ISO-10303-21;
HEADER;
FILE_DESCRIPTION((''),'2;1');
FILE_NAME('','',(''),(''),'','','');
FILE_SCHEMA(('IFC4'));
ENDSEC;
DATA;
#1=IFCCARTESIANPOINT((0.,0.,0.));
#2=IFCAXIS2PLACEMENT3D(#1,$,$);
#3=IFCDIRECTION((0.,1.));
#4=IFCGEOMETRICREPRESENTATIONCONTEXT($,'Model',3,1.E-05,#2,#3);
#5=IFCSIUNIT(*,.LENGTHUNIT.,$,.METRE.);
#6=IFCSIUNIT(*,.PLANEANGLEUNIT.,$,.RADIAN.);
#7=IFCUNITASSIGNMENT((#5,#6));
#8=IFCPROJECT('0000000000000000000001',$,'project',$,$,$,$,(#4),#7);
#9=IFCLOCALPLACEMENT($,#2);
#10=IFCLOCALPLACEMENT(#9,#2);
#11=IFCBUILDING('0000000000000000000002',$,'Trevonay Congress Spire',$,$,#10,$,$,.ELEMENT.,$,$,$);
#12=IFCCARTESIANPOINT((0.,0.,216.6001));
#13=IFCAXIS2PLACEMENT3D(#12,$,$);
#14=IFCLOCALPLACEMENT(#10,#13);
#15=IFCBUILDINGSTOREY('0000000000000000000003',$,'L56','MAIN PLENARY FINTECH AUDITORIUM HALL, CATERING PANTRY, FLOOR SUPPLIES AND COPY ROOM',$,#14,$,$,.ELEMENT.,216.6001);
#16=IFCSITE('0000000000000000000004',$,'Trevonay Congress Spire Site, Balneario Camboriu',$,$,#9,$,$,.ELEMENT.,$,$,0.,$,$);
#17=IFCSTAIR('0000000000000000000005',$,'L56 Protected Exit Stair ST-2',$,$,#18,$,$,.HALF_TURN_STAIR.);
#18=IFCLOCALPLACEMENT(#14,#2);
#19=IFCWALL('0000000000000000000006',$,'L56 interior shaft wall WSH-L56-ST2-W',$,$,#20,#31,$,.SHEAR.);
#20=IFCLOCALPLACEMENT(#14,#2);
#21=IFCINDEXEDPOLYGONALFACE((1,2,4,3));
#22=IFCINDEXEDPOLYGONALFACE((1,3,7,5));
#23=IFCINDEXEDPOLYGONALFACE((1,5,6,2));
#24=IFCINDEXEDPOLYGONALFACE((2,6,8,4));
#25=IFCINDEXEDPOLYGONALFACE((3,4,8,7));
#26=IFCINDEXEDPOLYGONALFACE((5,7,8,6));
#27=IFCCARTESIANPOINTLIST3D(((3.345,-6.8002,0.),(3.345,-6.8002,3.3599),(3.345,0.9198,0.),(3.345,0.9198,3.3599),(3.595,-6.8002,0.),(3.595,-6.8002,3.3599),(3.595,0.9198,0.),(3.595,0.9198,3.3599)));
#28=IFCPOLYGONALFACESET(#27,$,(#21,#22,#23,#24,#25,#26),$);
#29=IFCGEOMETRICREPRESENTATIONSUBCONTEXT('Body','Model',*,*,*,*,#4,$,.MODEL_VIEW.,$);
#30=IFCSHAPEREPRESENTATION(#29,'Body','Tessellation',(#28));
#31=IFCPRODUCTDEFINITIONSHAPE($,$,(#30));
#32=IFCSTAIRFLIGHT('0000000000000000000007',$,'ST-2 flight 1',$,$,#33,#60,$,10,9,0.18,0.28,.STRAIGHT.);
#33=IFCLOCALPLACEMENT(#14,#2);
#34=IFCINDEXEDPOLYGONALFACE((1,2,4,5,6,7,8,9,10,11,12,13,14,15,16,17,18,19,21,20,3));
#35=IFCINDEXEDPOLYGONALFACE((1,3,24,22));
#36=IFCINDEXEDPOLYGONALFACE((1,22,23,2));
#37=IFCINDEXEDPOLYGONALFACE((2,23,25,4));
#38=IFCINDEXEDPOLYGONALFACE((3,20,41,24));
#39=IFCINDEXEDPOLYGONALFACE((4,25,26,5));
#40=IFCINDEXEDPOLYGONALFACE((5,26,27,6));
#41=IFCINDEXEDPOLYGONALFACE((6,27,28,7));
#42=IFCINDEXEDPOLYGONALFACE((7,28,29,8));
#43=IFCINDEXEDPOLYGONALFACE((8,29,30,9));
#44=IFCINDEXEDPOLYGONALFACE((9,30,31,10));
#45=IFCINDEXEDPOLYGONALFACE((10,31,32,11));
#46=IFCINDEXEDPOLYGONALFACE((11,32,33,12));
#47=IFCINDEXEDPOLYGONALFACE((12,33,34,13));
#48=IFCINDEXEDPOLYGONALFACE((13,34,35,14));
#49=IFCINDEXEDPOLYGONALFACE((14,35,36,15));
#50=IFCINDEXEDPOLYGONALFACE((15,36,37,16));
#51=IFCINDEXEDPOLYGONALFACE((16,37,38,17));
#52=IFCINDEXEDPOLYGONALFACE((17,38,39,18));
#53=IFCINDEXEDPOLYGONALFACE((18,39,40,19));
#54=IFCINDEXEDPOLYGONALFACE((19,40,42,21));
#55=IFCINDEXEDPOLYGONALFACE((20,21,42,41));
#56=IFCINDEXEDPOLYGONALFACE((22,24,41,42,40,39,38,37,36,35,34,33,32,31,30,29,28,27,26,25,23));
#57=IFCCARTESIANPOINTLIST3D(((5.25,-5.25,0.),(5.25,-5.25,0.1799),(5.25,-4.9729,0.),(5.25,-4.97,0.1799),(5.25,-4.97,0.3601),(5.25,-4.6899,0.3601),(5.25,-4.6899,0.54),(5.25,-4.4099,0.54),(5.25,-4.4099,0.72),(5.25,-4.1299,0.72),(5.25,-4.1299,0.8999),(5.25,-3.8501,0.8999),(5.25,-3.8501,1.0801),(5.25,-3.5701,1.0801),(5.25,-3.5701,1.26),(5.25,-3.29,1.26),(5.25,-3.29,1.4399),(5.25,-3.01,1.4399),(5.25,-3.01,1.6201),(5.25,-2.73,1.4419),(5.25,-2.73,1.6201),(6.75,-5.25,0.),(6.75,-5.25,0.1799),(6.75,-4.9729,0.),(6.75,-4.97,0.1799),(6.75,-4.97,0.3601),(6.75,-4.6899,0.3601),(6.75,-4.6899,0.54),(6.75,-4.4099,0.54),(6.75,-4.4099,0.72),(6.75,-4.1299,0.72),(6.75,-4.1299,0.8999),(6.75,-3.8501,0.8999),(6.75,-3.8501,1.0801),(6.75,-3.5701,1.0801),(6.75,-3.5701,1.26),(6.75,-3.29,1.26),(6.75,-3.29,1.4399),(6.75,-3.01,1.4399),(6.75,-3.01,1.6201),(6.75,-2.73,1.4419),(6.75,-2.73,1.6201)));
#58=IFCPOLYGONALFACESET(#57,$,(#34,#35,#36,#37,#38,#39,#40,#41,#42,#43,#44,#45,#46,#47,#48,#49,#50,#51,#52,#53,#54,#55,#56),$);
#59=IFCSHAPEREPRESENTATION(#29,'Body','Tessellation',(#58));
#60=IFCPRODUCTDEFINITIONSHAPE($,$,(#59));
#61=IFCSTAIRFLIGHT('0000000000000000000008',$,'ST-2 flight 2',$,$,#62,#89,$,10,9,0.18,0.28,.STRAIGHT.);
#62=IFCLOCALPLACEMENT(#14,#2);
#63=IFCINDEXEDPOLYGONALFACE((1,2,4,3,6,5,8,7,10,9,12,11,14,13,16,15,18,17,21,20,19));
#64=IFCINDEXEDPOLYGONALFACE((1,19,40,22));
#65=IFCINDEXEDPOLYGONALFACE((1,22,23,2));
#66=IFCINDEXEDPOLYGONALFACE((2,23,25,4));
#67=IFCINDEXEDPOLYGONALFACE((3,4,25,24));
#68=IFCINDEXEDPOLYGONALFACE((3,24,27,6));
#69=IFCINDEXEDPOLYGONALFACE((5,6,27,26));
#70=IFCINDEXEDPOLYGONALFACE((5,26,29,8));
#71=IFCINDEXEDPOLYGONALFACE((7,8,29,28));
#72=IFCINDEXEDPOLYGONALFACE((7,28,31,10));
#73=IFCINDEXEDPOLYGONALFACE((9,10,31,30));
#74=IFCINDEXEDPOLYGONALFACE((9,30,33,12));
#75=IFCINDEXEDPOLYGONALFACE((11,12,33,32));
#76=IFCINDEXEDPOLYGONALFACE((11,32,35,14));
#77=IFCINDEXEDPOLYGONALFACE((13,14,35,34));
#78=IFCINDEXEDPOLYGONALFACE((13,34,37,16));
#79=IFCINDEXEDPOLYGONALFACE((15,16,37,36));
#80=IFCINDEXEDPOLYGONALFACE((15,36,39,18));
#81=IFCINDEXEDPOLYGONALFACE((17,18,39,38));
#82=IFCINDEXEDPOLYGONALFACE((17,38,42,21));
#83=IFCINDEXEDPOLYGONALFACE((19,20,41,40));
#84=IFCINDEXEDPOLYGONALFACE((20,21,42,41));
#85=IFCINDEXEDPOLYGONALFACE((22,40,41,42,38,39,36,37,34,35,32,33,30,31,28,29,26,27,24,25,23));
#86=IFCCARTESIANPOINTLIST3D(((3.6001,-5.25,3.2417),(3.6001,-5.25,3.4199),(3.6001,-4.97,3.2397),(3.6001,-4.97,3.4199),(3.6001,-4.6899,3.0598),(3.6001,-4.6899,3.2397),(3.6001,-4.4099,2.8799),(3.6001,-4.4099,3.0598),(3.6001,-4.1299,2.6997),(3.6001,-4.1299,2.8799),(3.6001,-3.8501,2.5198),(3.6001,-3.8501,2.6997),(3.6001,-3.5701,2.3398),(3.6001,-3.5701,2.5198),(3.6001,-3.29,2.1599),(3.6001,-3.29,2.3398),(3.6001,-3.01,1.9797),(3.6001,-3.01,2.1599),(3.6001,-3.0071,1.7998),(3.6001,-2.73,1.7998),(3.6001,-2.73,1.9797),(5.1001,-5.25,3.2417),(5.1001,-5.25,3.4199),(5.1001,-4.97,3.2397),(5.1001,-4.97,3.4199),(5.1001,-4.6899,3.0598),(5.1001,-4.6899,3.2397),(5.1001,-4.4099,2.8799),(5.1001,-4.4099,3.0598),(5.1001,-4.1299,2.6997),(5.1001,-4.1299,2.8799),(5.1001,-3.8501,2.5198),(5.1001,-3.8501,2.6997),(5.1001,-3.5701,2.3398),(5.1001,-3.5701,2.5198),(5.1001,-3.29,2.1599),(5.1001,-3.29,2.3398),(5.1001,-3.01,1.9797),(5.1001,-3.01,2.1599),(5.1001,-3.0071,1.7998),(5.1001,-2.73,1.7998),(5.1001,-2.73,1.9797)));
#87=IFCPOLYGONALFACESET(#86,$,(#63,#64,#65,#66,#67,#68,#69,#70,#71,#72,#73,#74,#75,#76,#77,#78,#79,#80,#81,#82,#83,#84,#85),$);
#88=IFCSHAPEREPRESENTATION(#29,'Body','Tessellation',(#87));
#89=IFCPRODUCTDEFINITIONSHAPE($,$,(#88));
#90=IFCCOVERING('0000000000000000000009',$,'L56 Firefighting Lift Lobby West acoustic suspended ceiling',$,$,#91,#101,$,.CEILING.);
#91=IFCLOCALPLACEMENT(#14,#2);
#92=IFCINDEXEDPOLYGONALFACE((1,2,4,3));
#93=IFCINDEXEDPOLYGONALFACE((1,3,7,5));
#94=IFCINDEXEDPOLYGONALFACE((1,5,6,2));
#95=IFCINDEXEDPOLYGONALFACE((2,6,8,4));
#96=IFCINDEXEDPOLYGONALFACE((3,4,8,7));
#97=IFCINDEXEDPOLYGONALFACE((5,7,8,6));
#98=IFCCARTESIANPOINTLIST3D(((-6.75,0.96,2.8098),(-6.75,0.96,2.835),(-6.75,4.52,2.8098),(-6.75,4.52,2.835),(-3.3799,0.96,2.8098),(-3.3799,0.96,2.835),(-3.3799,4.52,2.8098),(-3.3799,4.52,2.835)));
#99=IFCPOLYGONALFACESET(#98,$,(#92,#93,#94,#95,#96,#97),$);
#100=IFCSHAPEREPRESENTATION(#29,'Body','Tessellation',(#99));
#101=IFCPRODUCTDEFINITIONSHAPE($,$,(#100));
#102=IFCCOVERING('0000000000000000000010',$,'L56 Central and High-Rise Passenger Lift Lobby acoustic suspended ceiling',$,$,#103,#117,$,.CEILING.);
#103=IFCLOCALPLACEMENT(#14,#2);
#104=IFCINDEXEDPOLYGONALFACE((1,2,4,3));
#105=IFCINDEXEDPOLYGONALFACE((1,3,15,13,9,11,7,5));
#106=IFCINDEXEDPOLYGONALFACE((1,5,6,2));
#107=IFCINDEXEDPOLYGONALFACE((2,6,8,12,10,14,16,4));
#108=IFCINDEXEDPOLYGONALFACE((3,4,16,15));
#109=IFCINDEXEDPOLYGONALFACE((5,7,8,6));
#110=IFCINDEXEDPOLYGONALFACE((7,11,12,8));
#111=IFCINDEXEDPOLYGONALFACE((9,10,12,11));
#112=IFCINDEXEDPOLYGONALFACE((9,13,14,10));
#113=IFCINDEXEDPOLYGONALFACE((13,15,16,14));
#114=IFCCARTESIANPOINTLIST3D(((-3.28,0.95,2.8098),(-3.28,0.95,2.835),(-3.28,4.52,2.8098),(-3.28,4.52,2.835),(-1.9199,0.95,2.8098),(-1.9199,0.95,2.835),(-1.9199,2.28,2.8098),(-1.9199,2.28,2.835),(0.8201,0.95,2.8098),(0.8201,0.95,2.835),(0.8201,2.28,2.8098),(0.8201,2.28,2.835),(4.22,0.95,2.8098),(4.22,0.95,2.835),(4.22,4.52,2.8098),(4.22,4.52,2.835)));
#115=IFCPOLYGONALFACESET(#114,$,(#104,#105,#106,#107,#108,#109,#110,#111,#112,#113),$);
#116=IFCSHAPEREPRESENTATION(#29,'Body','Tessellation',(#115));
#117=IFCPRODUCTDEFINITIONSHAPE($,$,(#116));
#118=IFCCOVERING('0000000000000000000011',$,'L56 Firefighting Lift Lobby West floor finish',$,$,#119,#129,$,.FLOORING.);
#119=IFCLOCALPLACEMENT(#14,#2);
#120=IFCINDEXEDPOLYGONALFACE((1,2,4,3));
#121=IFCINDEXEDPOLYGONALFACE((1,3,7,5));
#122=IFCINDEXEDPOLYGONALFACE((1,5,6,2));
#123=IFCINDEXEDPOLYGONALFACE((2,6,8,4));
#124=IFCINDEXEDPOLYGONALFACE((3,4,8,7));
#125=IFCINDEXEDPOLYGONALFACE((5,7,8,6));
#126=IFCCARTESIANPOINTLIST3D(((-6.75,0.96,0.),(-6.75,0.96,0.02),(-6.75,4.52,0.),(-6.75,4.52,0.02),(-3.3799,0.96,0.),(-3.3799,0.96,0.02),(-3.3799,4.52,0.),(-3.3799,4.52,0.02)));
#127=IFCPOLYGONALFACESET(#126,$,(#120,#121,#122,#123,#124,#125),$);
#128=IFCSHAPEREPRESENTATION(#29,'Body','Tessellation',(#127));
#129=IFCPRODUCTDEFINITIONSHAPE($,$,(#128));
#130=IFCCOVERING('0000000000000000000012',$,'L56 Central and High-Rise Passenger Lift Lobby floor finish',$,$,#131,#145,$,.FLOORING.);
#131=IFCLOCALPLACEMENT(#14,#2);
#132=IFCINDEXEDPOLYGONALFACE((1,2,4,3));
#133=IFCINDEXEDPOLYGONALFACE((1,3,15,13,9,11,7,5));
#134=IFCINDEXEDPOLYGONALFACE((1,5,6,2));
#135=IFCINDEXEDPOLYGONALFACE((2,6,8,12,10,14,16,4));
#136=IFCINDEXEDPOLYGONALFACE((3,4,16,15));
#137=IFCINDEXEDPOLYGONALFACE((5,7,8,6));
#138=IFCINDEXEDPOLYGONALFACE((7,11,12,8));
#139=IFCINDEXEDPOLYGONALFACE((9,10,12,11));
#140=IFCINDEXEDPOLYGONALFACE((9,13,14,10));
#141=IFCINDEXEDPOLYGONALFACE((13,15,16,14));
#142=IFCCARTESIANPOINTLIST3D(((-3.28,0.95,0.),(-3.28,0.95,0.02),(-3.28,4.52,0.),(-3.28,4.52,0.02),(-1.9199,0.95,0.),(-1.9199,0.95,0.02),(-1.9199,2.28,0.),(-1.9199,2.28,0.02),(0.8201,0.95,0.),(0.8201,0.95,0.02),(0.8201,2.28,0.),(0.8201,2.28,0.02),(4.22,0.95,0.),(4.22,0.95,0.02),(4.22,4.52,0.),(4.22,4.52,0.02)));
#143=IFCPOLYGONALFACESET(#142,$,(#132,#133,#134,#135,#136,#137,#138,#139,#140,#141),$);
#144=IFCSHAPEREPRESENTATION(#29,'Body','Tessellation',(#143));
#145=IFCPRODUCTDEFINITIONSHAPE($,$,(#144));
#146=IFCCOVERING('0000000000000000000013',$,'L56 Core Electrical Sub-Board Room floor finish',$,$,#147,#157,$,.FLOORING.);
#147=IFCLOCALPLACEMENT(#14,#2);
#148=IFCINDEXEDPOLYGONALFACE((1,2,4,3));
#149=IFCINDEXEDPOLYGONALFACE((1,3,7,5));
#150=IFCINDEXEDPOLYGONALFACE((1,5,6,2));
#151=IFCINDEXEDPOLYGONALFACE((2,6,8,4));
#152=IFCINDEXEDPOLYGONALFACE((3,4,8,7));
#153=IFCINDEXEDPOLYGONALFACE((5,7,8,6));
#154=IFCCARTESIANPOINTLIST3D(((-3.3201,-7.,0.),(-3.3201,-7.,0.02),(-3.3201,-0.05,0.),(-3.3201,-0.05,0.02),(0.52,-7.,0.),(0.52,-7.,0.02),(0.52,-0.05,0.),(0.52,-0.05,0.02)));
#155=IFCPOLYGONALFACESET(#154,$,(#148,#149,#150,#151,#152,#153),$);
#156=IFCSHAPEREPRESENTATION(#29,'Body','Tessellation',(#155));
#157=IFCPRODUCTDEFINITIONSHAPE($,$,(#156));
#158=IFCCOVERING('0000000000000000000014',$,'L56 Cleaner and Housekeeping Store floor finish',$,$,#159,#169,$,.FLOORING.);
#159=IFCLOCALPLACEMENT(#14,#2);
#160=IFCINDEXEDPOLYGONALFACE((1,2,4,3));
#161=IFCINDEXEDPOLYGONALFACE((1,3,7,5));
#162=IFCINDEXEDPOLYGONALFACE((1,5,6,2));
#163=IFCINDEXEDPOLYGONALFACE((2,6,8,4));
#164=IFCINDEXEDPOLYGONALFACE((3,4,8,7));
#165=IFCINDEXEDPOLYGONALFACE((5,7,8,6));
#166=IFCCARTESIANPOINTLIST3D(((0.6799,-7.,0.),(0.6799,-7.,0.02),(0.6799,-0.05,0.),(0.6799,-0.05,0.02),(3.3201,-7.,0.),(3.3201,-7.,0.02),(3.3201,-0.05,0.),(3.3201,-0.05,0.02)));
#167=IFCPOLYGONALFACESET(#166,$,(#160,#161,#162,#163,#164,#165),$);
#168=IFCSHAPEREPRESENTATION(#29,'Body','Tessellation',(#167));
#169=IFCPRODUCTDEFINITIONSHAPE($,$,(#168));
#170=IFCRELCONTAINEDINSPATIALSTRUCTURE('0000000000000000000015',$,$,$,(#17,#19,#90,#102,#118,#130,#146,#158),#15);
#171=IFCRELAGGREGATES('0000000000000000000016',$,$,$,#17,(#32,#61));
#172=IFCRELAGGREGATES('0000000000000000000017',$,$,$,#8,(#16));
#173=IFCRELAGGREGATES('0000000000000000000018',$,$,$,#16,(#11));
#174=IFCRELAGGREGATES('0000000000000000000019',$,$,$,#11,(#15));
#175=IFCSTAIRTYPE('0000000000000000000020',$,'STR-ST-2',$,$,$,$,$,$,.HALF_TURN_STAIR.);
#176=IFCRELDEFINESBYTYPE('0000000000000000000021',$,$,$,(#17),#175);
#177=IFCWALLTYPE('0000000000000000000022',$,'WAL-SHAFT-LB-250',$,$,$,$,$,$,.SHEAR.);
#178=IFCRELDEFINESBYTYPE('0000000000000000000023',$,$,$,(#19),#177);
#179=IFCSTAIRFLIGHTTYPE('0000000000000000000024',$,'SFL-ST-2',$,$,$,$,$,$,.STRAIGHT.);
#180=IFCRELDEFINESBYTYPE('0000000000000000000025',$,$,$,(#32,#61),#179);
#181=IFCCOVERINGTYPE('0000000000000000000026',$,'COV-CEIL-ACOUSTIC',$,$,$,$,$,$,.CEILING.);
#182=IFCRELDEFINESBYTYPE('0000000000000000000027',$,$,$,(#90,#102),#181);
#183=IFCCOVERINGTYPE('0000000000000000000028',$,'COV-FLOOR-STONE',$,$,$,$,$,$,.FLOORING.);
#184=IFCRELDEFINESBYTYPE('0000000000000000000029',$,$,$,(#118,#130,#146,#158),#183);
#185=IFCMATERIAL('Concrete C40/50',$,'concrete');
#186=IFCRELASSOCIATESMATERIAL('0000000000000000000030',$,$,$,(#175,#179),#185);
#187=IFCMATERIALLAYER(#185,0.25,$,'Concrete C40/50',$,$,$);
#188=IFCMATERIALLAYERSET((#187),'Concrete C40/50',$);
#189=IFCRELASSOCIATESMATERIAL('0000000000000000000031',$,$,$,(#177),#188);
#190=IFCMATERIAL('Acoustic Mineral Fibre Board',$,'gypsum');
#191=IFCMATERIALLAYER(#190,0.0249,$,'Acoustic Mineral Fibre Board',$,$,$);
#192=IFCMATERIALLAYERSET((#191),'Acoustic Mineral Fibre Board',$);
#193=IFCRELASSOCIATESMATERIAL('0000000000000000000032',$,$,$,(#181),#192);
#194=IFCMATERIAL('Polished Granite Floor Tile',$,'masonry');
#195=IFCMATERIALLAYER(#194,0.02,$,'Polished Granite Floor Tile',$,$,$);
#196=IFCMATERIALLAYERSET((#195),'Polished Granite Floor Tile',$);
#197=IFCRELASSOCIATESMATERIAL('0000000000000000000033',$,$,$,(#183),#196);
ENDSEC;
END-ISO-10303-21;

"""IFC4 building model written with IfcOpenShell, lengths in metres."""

from ifc_helpers import new_model, si_unit, direction, frame, frame_2d, origin, place, context, subcontext, project, spatial, polyline, rectangle, outline, extrude, material, layer, layer_set, type_object, element, aggregate, save


model = new_model("IFC4")

# Units and contexts
model_context = context("Model", 3, precision=1e-05, world=origin(), true_north=direction((0.0, 1.0)))
body_context = subcontext(model_context, "Body", "Model", "MODEL_VIEW")
ifc_project = project(units=[si_unit("LENGTHUNIT", "METRE"), si_unit("PLANEANGLEUNIT", "RADIAN")], contexts=[model_context])

# Site, building, storey
site_placement = place(None, origin())
site = spatial("IfcSite", under=ifc_project, at=site_placement, Name="Trevonay Congress Spire Site, Balneario Camboriu", CompositionType="ELEMENT", RefElevation=0.0)
building_placement = place(site_placement, origin())
building = spatial("IfcBuilding", under=site, at=building_placement, Name="Trevonay Congress Spire", CompositionType="ELEMENT")
storey_placement = place(building_placement, frame((0.0, 0.0, 216.6001)))
storey = spatial("IfcBuildingStorey", under=building, at=storey_placement, Name="L56", Description="MAIN PLENARY FINTECH AUDITORIUM HALL, CATERING PANTRY, FLOOR SUPPLIES AND COPY ROOM", CompositionType="ELEMENT", Elevation=216.6001)

# Stair
ifc_material_1 = material(Name="Concrete C40/50", Category="concrete")
stair_type_1 = type_object("IfcStairType", Name="STR-ST-2", PredefinedType="HALF_TURN_STAIR", material=ifc_material_1)
stair_1_placement = place(storey_placement, origin())
stair_1 = element("IfcStair", 1, at=stair_1_placement, inside=storey, type_object=stair_type_1, Name="L56 Protected Exit Stair ST-2", PredefinedType="HALF_TURN_STAIR")

# Wall
ifc_layer_1 = layer(ifc_material_1, 0.25, Name="Concrete C40/50")
ifc_layer_set_1 = layer_set([ifc_layer_1], Name="Concrete C40/50")
wall_type_1 = type_object("IfcWallType", Name="WAL-SHAFT-LB-250", PredefinedType="SHEAR", material=ifc_layer_set_1)
wall_1_placement = place(storey_placement, frame((3.47, -6.8, 0.0), z_axis=(0.0, 0.0, 1.0), x_axis=(0.0, 1.0, 0.0)))
element("IfcWall", 2, at=wall_1_placement, inside=storey, type_object=wall_type_1, Name="L56 interior shaft wall WSH-L56-ST2-W", PredefinedType="SHEAR", context=body_context, shape_type="SweptSolid", body=[
    extrude(rectangle(XDim=7.72, YDim=0.25, at=frame_2d((3.8599, 0.0))), origin(), (0.0, 0.0, 1.0), 3.3599),
])

# Stair flights
stair_flight_type = type_object("IfcStairFlightType", Name="SFL-ST-2", PredefinedType="STRAIGHT", material=ifc_material_1)
stair_flight_1_placement = place(storey_placement, frame((6.0, -5.25, 0.0), z_axis=(0.0, 0.0, 1.0), x_axis=(0.0, 1.0, 0.0)))
stair_flight_1 = element("IfcStairFlight", 3, at=stair_flight_1_placement, type_object=stair_flight_type, Name="ST-2 flight 1", NumberOfRisers=10, NumberOfTreads=9, PredefinedType="STRAIGHT", RiserHeight=0.18, TreadLength=0.28, context=body_context, shape_type="SweptSolid", body=[
    extrude(outline(polyline([(0.0, 0.0), (0.0, 0.1799), (0.28, 0.1799), (0.28, 0.3601), (0.5601, 0.3601), (0.5601, 0.54), (0.8401, 0.54), (0.8401, 0.72), (1.1201, 0.72), (1.1201, 0.8999), (1.3999, 0.8999), (1.3999, 1.0801), (1.6799, 1.0801), (1.6799, 1.26), (1.96, 1.26), (1.96, 1.4399), (2.24, 1.4399), (2.24, 1.6201), (2.52, 1.6201), (2.52, 1.8), (2.52, 1.4419), (0.2771, 0.0), (0.0, 0.0)])), frame((0.0, 0.75, 0.0), z_axis=(0.0, -1.0, 0.0), x_axis=(1.0, 0.0, 0.0)), (0.0, 0.0, 1.0), 1.5),
])
stair_flight_2_placement = place(storey_placement, frame((4.3501, -2.73, 1.7998), z_axis=(0.0, 0.0, 1.0), x_axis=(0.0, -1.0, 0.0)))
stair_flight_2 = element("IfcStairFlight", 4, at=stair_flight_2_placement, type_object=stair_flight_type, Name="ST-2 flight 2", NumberOfRisers=10, NumberOfTreads=9, PredefinedType="STRAIGHT", RiserHeight=0.18, TreadLength=0.28, context=body_context, shape_type="SweptSolid", body=[
    extrude(outline(polyline([(0.0, 0.0), (0.0, 0.1799), (0.28, 0.1799), (0.28, 0.3601), (0.5601, 0.3601), (0.5601, 0.54), (0.8401, 0.54), (0.8401, 0.72), (1.1201, 0.72), (1.1201, 0.8999), (1.3999, 0.8999), (1.3999, 1.0801), (1.6799, 1.0801), (1.6799, 1.26), (1.96, 1.26), (1.96, 1.4399), (2.24, 1.4399), (2.24, 1.6201), (2.52, 1.6201), (2.52, 1.8), (2.52, 1.4419), (0.2771, 0.0), (0.0, 0.0)])), frame((0.0, 0.75, 0.0), z_axis=(0.0, -1.0, 0.0), x_axis=(1.0, 0.0, 0.0)), (0.0, 0.0, 1.0), 1.5),
])
aggregate(stair_1, [stair_flight_1, stair_flight_2])

# Coverings
ifc_material_2 = material(Name="Acoustic Mineral Fibre Board", Category="gypsum")
ifc_layer_2 = layer(ifc_material_2, 0.0249, Name="Acoustic Mineral Fibre Board")
ifc_layer_set_2 = layer_set([ifc_layer_2], Name="Acoustic Mineral Fibre Board")
covering_type_1 = type_object("IfcCoveringType", Name="COV-CEIL-ACOUSTIC", PredefinedType="CEILING", material=ifc_layer_set_2)
covering_1_placement = place(storey_placement, frame((0.0, 0.0, 2.8098)))
element("IfcCovering", 5, at=covering_1_placement, inside=storey, type_object=covering_type_1, Name="L56 Firefighting Lift Lobby West acoustic suspended ceiling", PredefinedType="CEILING", context=body_context, shape_type="SweptSolid", body=[
    extrude(outline(polyline([(-6.75, 0.96), (-3.3799, 0.96), (-3.3799, 4.52), (-6.75, 4.52), (-6.75, 0.96)])), origin(), (0.0, 0.0, 1.0), 0.0251),
])
covering_2_placement = place(storey_placement, frame((0.0, 0.0, 2.8098)))
element("IfcCovering", 6, at=covering_2_placement, inside=storey, type_object=covering_type_1, Name="L56 Central and High-Rise Passenger Lift Lobby acoustic suspended ceiling", PredefinedType="CEILING", context=body_context, shape_type="SweptSolid", body=[
    extrude(outline(polyline([(-3.28, 0.95), (-1.9199, 0.95), (-1.9199, 2.28), (0.8201, 2.28), (0.8201, 0.95), (4.22, 0.95), (4.22, 4.52), (-3.28, 4.52), (-3.28, 0.95)])), origin(), (0.0, 0.0, 1.0), 0.0251),
])
ifc_material_3 = material(Name="Polished Granite Floor Tile", Category="masonry")
ifc_layer_3 = layer(ifc_material_3, 0.02, Name="Polished Granite Floor Tile")
ifc_layer_set_3 = layer_set([ifc_layer_3], Name="Polished Granite Floor Tile")
covering_type_2 = type_object("IfcCoveringType", Name="COV-FLOOR-STONE", PredefinedType="FLOORING", material=ifc_layer_set_3)
covering_3_placement = place(storey_placement, origin())
element("IfcCovering", 7, at=covering_3_placement, inside=storey, type_object=covering_type_2, Name="L56 Firefighting Lift Lobby West floor finish", PredefinedType="FLOORING", context=body_context, shape_type="SweptSolid", body=[
    extrude(outline(polyline([(-6.75, 0.96), (-3.3799, 0.96), (-3.3799, 4.52), (-6.75, 4.52), (-6.75, 0.96)])), origin(), (0.0, 0.0, 1.0), 0.02),
])
covering_4_placement = place(storey_placement, origin())
element("IfcCovering", 8, at=covering_4_placement, inside=storey, type_object=covering_type_2, Name="L56 Central and High-Rise Passenger Lift Lobby floor finish", PredefinedType="FLOORING", context=body_context, shape_type="SweptSolid", body=[
    extrude(outline(polyline([(-3.28, 0.95), (-1.9199, 0.95), (-1.9199, 2.28), (0.8201, 2.28), (0.8201, 0.95), (4.22, 0.95), (4.22, 4.52), (-3.28, 4.52), (-3.28, 0.95)])), origin(), (0.0, 0.0, 1.0), 0.02),
])
covering_5_placement = place(storey_placement, origin())
element("IfcCovering", 9, at=covering_5_placement, inside=storey, type_object=covering_type_2, Name="L56 Core Electrical Sub-Board Room floor finish", PredefinedType="FLOORING", context=body_context, shape_type="SweptSolid", body=[
    extrude(outline(polyline([(-3.3201, -7.0), (0.52, -7.0), (0.52, -0.05), (-3.3201, -0.05), (-3.3201, -7.0)])), origin(), (0.0, 0.0, 1.0), 0.02),
])
covering_6_placement = place(storey_placement, origin())
element("IfcCovering", 10, at=covering_6_placement, inside=storey, type_object=covering_type_2, Name="L56 Cleaner and Housekeeping Store floor finish", PredefinedType="FLOORING", context=body_context, shape_type="SweptSolid", body=[
    extrude(outline(polyline([(0.6799, -7.0), (3.3201, -7.0), (3.3201, -0.05), (0.6799, -0.05), (0.6799, -7.0)])), origin(), (0.0, 0.0, 1.0), 0.02),
])

save(model, "model.ifc")
